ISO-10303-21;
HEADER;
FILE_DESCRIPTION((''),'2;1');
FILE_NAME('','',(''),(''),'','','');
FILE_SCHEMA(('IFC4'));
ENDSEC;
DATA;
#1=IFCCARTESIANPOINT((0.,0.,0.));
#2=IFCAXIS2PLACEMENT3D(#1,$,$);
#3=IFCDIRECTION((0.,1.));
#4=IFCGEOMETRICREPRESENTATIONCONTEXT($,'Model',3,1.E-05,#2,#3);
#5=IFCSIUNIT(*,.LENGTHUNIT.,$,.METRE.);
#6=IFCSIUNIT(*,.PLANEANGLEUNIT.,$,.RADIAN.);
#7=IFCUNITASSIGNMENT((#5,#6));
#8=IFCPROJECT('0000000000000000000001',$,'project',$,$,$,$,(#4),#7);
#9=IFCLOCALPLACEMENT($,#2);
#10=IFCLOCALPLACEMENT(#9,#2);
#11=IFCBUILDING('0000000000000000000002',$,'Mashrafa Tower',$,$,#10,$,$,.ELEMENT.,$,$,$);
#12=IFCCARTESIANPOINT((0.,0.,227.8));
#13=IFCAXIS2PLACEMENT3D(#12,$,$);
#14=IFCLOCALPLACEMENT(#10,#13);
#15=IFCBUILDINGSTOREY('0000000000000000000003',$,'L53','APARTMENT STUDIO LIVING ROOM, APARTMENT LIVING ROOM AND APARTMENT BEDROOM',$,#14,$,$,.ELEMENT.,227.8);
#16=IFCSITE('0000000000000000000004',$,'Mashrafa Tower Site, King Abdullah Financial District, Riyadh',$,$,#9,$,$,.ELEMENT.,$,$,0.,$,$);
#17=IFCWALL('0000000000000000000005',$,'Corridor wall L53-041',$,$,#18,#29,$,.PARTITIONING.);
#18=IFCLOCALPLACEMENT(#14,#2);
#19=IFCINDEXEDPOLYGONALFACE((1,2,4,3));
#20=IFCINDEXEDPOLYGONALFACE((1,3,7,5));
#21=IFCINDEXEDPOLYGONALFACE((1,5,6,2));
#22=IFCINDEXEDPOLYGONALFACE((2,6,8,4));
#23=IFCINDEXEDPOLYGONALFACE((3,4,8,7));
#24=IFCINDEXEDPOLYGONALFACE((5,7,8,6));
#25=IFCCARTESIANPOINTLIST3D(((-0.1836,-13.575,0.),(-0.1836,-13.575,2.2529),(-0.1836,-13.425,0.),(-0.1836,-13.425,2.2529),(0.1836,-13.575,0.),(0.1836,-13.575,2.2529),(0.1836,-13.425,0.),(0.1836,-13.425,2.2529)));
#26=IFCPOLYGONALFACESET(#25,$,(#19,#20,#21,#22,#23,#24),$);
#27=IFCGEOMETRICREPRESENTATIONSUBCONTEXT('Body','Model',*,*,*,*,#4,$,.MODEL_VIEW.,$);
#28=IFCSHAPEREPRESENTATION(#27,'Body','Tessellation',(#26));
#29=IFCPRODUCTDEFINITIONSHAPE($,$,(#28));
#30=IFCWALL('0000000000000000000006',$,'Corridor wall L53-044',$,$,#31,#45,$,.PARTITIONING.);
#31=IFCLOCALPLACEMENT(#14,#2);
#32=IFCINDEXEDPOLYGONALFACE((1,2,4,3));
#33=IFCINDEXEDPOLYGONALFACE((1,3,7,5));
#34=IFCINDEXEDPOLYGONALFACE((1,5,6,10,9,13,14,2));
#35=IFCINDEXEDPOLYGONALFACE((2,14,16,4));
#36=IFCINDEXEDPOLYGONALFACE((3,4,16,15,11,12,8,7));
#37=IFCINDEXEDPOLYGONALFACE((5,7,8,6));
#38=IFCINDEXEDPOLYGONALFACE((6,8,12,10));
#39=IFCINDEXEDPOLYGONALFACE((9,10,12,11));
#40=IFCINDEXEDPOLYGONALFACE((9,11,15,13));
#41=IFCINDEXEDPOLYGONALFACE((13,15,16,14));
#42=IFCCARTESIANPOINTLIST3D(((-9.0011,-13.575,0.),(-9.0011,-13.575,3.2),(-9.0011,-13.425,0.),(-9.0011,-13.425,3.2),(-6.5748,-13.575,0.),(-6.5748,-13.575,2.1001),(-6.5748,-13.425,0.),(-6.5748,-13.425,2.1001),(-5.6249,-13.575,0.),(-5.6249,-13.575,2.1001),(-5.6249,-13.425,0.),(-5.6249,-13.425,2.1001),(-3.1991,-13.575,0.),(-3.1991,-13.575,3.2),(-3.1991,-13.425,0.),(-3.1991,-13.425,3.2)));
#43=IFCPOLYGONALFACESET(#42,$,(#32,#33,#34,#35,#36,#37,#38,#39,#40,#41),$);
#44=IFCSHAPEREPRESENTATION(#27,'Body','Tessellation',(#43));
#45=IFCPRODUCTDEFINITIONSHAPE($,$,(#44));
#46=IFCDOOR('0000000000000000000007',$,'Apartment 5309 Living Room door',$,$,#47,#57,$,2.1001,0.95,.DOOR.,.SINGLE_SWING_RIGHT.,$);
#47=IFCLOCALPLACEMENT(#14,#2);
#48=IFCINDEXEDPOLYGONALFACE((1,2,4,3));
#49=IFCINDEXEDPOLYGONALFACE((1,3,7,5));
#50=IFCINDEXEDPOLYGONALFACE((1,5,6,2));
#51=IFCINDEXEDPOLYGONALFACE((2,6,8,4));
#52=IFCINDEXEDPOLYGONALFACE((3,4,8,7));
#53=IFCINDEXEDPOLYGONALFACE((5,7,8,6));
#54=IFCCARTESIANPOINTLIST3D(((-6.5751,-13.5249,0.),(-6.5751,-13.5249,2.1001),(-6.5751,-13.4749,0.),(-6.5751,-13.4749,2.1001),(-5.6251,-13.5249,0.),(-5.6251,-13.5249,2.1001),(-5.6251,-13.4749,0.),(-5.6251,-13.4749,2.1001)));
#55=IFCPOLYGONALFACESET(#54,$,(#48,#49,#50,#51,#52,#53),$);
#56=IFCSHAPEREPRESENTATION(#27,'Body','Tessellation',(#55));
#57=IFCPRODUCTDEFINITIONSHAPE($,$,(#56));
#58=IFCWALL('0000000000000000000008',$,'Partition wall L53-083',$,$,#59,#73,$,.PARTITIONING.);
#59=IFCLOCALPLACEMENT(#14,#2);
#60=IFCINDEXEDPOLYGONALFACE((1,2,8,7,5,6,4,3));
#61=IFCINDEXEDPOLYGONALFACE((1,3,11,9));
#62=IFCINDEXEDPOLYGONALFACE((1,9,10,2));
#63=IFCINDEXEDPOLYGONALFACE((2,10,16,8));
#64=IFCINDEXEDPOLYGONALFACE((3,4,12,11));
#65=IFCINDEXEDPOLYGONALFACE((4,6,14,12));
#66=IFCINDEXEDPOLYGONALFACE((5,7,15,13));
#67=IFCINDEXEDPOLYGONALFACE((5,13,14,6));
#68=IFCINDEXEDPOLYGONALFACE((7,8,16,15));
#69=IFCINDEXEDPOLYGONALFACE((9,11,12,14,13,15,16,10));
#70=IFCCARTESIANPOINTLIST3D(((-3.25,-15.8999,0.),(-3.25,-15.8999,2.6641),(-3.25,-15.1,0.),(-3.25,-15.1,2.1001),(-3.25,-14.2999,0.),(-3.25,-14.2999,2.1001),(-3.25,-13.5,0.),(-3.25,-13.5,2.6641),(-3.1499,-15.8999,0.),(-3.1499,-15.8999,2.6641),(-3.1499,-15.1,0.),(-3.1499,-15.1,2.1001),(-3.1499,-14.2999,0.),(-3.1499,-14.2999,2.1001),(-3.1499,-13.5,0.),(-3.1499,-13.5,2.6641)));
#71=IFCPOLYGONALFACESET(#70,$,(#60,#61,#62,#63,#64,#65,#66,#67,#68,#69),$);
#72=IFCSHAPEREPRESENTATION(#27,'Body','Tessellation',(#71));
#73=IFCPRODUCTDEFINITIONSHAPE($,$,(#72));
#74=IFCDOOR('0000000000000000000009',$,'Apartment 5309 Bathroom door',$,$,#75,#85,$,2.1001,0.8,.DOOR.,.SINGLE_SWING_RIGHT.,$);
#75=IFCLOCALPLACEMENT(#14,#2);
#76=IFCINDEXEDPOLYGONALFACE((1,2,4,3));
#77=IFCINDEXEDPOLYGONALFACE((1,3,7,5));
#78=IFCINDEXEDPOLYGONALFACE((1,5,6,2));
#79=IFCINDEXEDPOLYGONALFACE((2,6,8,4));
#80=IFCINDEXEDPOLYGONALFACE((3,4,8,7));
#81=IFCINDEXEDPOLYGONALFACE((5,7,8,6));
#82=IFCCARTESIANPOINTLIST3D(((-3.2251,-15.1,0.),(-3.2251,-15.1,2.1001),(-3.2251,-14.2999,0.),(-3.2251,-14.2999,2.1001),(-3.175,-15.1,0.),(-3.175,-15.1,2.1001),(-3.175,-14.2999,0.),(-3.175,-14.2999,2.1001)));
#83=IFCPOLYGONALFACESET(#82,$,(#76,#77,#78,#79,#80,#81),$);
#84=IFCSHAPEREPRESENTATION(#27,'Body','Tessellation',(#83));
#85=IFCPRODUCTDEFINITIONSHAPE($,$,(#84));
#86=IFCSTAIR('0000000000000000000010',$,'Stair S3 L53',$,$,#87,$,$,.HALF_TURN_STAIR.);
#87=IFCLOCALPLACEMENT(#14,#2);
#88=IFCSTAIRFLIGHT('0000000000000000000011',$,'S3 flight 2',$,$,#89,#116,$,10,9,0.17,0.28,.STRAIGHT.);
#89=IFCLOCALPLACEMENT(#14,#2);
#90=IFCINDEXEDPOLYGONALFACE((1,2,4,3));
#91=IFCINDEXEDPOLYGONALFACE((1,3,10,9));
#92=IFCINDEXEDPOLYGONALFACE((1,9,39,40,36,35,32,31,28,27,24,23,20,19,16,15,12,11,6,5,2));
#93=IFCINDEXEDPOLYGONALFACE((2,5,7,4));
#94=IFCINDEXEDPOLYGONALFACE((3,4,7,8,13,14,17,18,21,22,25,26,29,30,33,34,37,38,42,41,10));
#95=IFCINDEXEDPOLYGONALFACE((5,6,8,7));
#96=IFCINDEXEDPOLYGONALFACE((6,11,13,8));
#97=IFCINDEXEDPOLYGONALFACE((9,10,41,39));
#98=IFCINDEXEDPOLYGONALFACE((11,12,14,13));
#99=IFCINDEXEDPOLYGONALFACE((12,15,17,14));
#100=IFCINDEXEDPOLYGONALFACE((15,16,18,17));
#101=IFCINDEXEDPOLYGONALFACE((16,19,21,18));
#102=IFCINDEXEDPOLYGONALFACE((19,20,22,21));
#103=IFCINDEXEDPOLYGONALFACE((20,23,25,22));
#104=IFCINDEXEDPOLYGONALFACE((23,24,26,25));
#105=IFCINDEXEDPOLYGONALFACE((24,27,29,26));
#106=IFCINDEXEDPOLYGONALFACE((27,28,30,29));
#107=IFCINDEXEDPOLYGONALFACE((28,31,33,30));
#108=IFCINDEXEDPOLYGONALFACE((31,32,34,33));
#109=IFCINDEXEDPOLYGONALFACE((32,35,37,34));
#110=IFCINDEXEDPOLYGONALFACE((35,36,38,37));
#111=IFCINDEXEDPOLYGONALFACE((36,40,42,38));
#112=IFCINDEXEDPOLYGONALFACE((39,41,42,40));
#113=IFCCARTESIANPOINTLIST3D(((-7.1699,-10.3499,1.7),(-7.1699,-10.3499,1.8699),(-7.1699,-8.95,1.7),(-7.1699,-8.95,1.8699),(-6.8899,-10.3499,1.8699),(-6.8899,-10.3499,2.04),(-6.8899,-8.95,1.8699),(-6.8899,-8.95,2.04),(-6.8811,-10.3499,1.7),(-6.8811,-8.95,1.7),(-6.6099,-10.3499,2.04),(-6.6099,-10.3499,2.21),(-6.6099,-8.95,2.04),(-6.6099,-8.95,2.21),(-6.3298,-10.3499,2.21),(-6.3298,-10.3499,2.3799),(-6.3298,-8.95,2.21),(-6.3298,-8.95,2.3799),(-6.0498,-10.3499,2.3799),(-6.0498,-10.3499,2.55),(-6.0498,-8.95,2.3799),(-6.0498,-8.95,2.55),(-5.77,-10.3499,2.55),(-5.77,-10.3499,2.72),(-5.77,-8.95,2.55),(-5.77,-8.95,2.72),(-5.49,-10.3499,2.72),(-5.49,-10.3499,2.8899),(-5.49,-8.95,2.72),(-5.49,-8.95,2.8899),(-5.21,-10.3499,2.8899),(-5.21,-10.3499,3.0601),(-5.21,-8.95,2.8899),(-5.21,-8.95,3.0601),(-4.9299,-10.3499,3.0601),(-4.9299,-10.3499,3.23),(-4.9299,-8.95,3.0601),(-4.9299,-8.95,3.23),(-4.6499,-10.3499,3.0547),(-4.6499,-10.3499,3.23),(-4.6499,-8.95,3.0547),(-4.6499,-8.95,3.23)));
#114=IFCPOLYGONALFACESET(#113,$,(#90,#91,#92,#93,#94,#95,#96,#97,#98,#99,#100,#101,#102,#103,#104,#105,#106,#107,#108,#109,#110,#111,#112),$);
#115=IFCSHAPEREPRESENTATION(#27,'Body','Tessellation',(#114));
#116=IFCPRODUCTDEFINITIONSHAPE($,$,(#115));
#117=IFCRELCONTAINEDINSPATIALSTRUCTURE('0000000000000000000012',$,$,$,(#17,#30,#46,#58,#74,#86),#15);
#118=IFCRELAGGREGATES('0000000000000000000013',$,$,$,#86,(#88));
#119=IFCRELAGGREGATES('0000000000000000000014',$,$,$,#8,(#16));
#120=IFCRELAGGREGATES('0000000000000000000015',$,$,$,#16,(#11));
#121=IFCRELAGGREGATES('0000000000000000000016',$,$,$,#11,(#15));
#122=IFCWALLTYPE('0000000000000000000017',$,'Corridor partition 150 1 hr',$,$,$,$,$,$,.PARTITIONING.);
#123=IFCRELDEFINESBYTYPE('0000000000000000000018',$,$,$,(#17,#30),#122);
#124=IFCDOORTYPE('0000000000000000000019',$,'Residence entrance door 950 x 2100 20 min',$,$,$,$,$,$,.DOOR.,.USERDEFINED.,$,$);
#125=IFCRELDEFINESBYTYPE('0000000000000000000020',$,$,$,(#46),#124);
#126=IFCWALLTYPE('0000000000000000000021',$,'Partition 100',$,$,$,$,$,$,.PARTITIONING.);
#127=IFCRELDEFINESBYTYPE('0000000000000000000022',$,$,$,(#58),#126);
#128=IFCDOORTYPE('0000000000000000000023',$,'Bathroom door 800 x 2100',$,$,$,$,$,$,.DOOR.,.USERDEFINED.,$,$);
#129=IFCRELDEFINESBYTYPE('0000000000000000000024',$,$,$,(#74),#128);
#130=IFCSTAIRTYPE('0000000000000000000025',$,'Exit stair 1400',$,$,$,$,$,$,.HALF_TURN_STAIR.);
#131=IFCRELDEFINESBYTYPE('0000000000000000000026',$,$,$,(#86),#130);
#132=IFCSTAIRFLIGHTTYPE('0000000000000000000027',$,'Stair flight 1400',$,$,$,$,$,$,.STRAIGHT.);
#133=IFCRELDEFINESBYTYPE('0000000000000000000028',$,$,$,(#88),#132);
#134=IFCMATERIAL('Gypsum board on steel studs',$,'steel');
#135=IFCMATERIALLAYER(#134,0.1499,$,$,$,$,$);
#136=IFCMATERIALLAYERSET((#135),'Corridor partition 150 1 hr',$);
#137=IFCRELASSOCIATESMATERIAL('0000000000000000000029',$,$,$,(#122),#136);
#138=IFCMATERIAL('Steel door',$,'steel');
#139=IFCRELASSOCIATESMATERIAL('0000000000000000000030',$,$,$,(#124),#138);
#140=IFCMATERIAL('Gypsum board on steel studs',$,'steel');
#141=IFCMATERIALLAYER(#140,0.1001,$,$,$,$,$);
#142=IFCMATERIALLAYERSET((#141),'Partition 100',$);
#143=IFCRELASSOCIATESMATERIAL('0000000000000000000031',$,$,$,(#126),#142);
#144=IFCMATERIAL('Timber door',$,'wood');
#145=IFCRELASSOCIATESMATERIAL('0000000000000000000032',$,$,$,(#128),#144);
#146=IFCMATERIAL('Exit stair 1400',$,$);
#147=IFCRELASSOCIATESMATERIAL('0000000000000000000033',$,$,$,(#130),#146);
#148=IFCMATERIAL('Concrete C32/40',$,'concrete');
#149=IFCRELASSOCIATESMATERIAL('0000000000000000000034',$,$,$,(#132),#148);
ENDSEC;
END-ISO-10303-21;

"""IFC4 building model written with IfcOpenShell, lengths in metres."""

from ifc_helpers import new_model, si_unit, direction, frame, frame_2d, origin, place, context, subcontext, project, spatial, polyline, rectangle, outline, extrude, material, layer, layer_set, type_object, element, fill, aggregate, save


model = new_model("IFC4")

# Units and contexts
model_context = context("Model", 3, precision=1e-05, world=origin(), true_north=direction((0.0, 1.0)))
body_context = subcontext(model_context, "Body", "Model", "MODEL_VIEW")
ifc_project = project(units=[si_unit("LENGTHUNIT", "METRE"), si_unit("PLANEANGLEUNIT", "RADIAN")], contexts=[model_context])

# Site, building, storey
site_placement = place(None, origin())
site = spatial("IfcSite", under=ifc_project, at=site_placement, Name="Mashrafa Tower Site, King Abdullah Financial District, Riyadh", CompositionType="ELEMENT", RefElevation=0.0)
building_placement = place(site_placement, origin())
building = spatial("IfcBuilding", under=site, at=building_placement, Name="Mashrafa Tower", CompositionType="ELEMENT")
storey_placement = place(building_placement, frame((0.0, 0.0, 227.8)))
storey = spatial("IfcBuildingStorey", under=building, at=storey_placement, Name="L53", Description="APARTMENT STUDIO LIVING ROOM, APARTMENT LIVING ROOM AND APARTMENT BEDROOM", CompositionType="ELEMENT", Elevation=227.8)

# Wall
ifc_material_1 = material(Name="Gypsum board on steel studs", Category="steel")
ifc_layer_1 = layer(ifc_material_1, 0.1499)
ifc_layer_set_1 = layer_set([ifc_layer_1], Name="Corridor partition 150 1 hr")
wall_type_1 = type_object("IfcWallType", Name="Corridor partition 150 1 hr", PredefinedType="PARTITIONING", material=ifc_layer_set_1)
wall_1_placement = place(storey_placement, frame((-0.1836, -13.5, 0.0), z_axis=(0.0, 0.0, 1.0), x_axis=(1.0, 0.0, 0.0)))
element("IfcWall", 1, at=wall_1_placement, inside=storey, type_object=wall_type_1, Name="Corridor wall L53-041", PredefinedType="PARTITIONING", context=body_context, shape_type="SweptSolid", body=[
    extrude(rectangle(XDim=0.3672, YDim=0.1499, at=frame_2d((0.1836, 0.0))), origin(), (0.0, 0.0, 1.0), 2.2529),
])

# Walls, openings, doors
wall_2_placement = place(storey_placement, frame((-9.001, -13.5, 0.0), z_axis=(0.0, 0.0, 1.0), x_axis=(1.0, 0.0, 0.0)))
wall_2 = element("IfcWall", 2, at=wall_2_placement, inside=storey, type_object=wall_type_1, Name="Corridor wall L53-044", PredefinedType="PARTITIONING", context=body_context, shape_type="SweptSolid", body=[
    extrude(rectangle(XDim=5.802, YDim=0.1499, at=frame_2d((2.9009, 0.0))), origin(), (0.0, 0.0, 1.0), 3.2),
])
opening_1_placement = place(wall_2_placement, frame((2.426, 0.0, 0.0)))
opening_1 = element("IfcOpeningElement", 3, at=opening_1_placement, cuts=wall_2, PredefinedType="OPENING", context=body_context, shape_type="SweptSolid", body=[
    extrude(rectangle(XDim=0.95, YDim=2.1001, at=frame_2d((0.4751, 1.05))), frame((0.0, 0.085, 0.0), z_axis=(0.0, -1.0, 0.0), x_axis=(1.0, 0.0, 0.0)), (0.0, 0.0, 1.0), 0.1699),
])
ifc_material_2 = material(Name="Steel door", Category="steel")
door_type_1 = type_object("IfcDoorType", Name="Residence entrance door 950 x 2100 20 min", OperationType="USERDEFINED", PredefinedType="DOOR", material=ifc_material_2)
door_1_placement = place(opening_1_placement, frame((0.95, 0.0, 0.0), z_axis=(0.0, 0.0, 1.0), x_axis=(-1.0, 0.0, 0.0)))
door_1 = element("IfcDoor", 4, at=door_1_placement, inside=storey, type_object=door_type_1, Name="Apartment 5309 Living Room door", OperationType="SINGLE_SWING_RIGHT", OverallHeight=2.1001, OverallWidth=0.95, PredefinedType="DOOR", context=body_context, shape_type="SweptSolid", body=[
    extrude(rectangle(XDim=0.95, YDim=2.1001, at=frame_2d((0.4751, 1.05))), frame((0.0, 0.0249, 0.0), z_axis=(0.0, -1.0, 0.0), x_axis=(1.0, 0.0, 0.0)), (0.0, 0.0, 1.0), 0.05),
])
fill(opening_1, door_1)
ifc_material_3 = material(Name="Gypsum board on steel studs", Category="steel")
ifc_layer_2 = layer(ifc_material_3, 0.1001)
ifc_layer_set_2 = layer_set([ifc_layer_2], Name="Partition 100")
wall_type_2 = type_object("IfcWallType", Name="Partition 100", PredefinedType="PARTITIONING", material=ifc_layer_set_2)
wall_3_placement = place(storey_placement, frame((-3.2, -13.5, 0.0), z_axis=(0.0, 0.0, 1.0), x_axis=(0.0, -1.0, 0.0)))
wall_3 = element("IfcWall", 5, at=wall_3_placement, inside=storey, type_object=wall_type_2, Name="Partition wall L53-083", PredefinedType="PARTITIONING", context=body_context, shape_type="SweptSolid", body=[
    extrude(rectangle(XDim=2.3999, YDim=0.1001, at=frame_2d((1.2, 0.0))), origin(), (0.0, 0.0, 1.0), 2.6641),
])
opening_2_placement = place(wall_3_placement, frame((0.8, 0.0, 0.0)))
opening_2 = element("IfcOpeningElement", 6, at=opening_2_placement, cuts=wall_3, PredefinedType="OPENING", context=body_context, shape_type="SweptSolid", body=[
    extrude(rectangle(XDim=0.8, YDim=2.1001, at=frame_2d((0.3999, 1.05))), frame((0.0, 0.0601, 0.0), z_axis=(0.0, -1.0, 0.0), x_axis=(1.0, 0.0, 0.0)), (0.0, 0.0, 1.0), 0.1201),
])
ifc_material_4 = material(Name="Timber door", Category="wood")
door_type_2 = type_object("IfcDoorType", Name="Bathroom door 800 x 2100", OperationType="USERDEFINED", PredefinedType="DOOR", material=ifc_material_4)
door_2_placement = place(opening_2_placement, origin())
door_2 = element("IfcDoor", 7, at=door_2_placement, inside=storey, type_object=door_type_2, Name="Apartment 5309 Bathroom door", OperationType="SINGLE_SWING_RIGHT", OverallHeight=2.1001, OverallWidth=0.8, PredefinedType="DOOR", context=body_context, shape_type="SweptSolid", body=[
    extrude(rectangle(XDim=0.8, YDim=2.1001, at=frame_2d((0.3999, 1.05))), frame((0.0, 0.0249, 0.0), z_axis=(0.0, -1.0, 0.0), x_axis=(1.0, 0.0, 0.0)), (0.0, 0.0, 1.0), 0.05),
])
fill(opening_2, door_2)

# Stair, stair flight
ifc_material_5 = material(Name="Exit stair 1400")
stair_type = type_object("IfcStairType", Name="Exit stair 1400", PredefinedType="HALF_TURN_STAIR", material=ifc_material_5)
stair_placement = place(storey_placement, origin())
stair = element("IfcStair", 8, at=stair_placement, inside=storey, type_object=stair_type, Name="Stair S3 L53", PredefinedType="HALF_TURN_STAIR")
ifc_material_6 = material(Name="Concrete C32/40", Category="concrete")
stair_flight_type = type_object("IfcStairFlightType", Name="Stair flight 1400", PredefinedType="STRAIGHT", material=ifc_material_6)
stair_flight_placement = place(storey_placement, frame((-7.1699, -9.6499, 1.7), z_axis=(0.0, 0.0, 1.0), x_axis=(1.0, 0.0, 0.0)))
stair_flight = element("IfcStairFlight", 9, at=stair_flight_placement, type_object=stair_flight_type, Name="S3 flight 2", NumberOfRisers=10, NumberOfTreads=9, PredefinedType="STRAIGHT", RiserHeight=0.17, TreadLength=0.28, context=body_context, shape_type="SweptSolid", body=[
    extrude(outline(polyline([(0.0, 0.0), (0.0, 0.1699), (0.28, 0.1699), (0.28, 0.3401), (0.5601, 0.3401), (0.5601, 0.51), (0.8401, 0.51), (0.8401, 0.6799), (1.1201, 0.6799), (1.1201, 0.8501), (1.3999, 0.8501), (1.3999, 1.02), (1.6799, 1.02), (1.6799, 1.1899), (1.96, 1.1899), (1.96, 1.3601), (2.24, 1.3601), (2.24, 1.53), (2.52, 1.53), (2.52, 1.7), (2.52, 1.3547), (0.2888, 0.0), (0.0, 0.0)])), frame((0.0, 0.7, 0.0), z_axis=(0.0, -1.0, 0.0), x_axis=(1.0, 0.0, 0.0)), (0.0, 0.0, 1.0), 1.3999),
])
aggregate(stair, [stair_flight])

save(model, "model.ifc")
